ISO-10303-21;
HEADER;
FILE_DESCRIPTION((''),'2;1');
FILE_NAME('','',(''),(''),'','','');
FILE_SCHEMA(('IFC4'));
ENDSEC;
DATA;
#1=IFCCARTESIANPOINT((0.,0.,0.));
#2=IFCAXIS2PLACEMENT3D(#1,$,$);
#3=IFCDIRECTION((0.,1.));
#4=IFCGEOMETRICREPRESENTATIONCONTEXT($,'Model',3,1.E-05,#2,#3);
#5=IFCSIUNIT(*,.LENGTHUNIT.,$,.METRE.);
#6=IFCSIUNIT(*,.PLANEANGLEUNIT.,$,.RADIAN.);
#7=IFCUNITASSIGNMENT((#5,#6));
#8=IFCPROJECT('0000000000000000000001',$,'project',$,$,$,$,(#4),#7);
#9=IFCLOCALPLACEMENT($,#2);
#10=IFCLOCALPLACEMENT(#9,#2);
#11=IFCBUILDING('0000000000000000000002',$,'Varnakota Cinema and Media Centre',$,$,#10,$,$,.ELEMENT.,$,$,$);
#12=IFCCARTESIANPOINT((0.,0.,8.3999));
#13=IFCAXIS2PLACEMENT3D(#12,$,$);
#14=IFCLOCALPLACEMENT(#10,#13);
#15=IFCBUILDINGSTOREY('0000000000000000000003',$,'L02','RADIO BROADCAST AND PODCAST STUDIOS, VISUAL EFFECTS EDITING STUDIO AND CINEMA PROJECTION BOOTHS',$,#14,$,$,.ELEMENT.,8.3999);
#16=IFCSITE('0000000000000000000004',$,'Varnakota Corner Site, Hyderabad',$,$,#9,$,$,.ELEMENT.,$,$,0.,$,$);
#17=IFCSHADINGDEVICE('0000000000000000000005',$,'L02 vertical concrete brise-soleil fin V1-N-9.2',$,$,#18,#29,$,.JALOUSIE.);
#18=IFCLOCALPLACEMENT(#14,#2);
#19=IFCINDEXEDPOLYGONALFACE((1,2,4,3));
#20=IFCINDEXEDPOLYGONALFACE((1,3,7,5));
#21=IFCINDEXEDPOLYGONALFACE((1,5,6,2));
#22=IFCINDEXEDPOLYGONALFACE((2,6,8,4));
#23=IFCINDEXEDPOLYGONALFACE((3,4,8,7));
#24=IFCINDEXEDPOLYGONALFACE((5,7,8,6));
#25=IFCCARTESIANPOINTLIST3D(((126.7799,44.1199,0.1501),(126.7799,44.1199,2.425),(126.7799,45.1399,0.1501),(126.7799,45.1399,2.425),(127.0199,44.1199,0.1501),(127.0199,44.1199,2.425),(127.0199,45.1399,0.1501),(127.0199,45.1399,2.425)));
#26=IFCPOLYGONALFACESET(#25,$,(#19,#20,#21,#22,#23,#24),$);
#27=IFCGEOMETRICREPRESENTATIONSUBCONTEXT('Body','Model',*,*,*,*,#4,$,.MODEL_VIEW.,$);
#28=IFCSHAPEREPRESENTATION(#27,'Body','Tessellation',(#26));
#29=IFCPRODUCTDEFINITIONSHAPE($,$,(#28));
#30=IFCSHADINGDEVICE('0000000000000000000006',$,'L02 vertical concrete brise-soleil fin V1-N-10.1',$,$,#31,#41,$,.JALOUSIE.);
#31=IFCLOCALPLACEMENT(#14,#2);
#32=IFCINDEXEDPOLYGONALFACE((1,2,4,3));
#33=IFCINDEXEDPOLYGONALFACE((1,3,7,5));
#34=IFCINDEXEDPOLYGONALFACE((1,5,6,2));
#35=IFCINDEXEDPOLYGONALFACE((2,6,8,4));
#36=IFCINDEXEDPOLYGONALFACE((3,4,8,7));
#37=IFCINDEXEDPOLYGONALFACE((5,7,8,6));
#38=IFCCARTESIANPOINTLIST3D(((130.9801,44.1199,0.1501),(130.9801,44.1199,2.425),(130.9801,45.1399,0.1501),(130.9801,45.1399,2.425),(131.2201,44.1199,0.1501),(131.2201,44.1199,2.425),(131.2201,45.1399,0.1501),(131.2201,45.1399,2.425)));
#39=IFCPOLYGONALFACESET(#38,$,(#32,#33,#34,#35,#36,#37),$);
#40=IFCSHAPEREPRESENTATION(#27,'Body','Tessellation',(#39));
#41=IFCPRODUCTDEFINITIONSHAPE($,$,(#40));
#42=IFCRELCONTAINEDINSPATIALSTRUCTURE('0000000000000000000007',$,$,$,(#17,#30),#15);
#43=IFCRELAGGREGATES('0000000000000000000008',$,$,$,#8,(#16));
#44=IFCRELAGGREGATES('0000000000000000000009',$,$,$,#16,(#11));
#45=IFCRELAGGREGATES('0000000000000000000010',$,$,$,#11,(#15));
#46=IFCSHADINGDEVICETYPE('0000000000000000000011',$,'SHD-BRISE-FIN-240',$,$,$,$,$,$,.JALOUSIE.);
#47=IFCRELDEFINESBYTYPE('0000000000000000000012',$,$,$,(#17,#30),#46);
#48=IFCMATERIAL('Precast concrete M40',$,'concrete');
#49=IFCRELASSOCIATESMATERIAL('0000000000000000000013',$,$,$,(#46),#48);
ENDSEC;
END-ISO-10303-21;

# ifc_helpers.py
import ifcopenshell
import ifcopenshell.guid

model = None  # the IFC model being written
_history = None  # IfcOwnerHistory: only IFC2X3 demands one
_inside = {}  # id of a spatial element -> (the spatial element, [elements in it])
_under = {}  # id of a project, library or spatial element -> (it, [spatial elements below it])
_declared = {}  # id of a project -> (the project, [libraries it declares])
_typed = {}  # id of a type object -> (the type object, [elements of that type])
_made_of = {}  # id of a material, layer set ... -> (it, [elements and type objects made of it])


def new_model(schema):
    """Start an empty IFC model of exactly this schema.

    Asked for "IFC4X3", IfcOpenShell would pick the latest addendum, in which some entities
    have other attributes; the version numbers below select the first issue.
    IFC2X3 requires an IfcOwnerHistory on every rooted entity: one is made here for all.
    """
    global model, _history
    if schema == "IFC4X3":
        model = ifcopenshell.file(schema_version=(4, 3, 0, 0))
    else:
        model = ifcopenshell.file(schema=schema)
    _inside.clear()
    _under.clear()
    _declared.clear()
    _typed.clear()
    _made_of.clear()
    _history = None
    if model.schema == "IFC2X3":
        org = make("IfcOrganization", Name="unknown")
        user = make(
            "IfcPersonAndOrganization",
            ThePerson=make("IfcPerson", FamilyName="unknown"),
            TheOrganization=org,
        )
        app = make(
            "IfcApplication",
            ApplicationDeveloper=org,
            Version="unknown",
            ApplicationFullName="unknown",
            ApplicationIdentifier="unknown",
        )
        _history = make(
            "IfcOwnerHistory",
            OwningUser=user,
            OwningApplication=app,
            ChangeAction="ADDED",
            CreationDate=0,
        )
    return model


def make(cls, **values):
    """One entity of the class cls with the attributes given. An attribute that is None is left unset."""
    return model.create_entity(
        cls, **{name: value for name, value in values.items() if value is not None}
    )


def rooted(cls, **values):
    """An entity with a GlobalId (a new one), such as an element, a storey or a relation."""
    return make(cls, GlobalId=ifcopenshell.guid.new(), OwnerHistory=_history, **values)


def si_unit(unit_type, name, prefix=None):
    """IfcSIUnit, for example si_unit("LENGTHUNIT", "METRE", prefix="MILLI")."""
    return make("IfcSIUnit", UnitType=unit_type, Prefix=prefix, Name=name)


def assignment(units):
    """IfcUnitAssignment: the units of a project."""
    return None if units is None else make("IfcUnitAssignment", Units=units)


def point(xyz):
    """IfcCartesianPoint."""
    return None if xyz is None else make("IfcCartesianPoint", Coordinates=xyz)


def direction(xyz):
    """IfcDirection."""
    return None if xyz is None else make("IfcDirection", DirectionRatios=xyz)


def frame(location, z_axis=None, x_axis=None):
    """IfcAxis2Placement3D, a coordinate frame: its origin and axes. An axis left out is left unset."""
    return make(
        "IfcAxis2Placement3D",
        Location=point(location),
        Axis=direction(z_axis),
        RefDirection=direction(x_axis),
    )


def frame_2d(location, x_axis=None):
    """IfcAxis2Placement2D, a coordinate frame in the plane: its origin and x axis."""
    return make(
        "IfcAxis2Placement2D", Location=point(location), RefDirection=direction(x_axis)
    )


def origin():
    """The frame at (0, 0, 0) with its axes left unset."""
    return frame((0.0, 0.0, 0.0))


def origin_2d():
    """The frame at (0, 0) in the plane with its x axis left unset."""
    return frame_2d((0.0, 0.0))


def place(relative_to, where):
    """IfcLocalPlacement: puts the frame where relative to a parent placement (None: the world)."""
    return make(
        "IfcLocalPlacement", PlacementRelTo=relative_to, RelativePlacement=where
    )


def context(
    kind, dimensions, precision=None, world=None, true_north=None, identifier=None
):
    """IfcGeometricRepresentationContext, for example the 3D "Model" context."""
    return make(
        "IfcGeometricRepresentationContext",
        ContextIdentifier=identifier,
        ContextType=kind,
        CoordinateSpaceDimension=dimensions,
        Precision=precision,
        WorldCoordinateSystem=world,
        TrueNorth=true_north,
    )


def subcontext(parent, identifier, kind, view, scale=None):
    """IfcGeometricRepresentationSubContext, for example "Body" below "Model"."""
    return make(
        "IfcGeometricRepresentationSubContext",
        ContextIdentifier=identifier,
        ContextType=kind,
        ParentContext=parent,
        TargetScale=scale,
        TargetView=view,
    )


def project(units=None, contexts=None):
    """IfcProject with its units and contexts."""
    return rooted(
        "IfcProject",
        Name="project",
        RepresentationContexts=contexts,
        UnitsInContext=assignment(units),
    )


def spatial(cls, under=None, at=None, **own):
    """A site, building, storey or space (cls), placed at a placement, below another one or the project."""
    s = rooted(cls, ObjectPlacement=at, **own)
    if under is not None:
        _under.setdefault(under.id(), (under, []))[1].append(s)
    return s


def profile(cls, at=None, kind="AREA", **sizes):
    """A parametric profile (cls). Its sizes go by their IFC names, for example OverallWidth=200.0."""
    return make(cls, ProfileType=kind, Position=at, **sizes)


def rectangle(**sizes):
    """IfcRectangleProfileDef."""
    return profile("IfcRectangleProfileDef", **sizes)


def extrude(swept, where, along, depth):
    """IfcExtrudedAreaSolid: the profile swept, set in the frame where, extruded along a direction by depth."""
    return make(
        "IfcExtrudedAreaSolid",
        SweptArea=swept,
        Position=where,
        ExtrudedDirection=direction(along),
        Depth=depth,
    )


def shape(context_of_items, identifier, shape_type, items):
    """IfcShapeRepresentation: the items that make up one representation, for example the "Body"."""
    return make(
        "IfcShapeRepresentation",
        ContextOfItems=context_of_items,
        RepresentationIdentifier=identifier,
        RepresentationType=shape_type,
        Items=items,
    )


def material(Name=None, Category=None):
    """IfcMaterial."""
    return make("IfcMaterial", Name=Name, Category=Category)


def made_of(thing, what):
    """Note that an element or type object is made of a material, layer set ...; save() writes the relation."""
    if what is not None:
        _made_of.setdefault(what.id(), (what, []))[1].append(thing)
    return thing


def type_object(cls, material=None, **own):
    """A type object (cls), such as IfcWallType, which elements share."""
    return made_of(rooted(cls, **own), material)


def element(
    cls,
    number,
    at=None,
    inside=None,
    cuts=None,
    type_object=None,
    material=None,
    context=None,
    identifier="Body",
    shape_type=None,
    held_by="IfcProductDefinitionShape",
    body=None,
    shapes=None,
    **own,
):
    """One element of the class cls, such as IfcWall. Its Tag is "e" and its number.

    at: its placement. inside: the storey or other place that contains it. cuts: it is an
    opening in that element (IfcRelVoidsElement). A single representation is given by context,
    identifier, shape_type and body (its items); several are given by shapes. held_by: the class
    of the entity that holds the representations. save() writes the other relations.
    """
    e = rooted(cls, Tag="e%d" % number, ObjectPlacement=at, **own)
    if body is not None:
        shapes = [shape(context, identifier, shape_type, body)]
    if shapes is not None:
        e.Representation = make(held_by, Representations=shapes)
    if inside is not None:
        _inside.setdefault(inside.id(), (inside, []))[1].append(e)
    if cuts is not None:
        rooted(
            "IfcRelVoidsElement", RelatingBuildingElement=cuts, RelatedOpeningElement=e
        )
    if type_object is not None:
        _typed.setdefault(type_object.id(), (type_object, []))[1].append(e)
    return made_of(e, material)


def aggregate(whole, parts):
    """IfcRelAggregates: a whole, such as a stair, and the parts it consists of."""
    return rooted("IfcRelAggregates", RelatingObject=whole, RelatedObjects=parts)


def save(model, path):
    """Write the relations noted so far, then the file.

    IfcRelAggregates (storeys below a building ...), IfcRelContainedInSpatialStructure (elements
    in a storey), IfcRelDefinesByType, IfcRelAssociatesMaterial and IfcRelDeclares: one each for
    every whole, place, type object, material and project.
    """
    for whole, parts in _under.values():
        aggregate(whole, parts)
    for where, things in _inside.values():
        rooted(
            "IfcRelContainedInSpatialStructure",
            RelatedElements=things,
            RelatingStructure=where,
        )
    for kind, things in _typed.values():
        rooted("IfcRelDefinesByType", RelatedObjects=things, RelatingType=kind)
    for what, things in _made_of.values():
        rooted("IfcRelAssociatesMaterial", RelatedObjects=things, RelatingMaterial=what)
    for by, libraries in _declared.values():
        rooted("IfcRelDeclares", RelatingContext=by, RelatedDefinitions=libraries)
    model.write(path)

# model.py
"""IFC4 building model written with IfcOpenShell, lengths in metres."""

from ifc_helpers import new_model, si_unit, direction, frame, origin, origin_2d, place, context, subcontext, project, spatial, rectangle, extrude, material, type_object, element, save


model = new_model("IFC4")

# Units and contexts
model_context = context("Model", 3, precision=1e-05, world=origin(), true_north=direction((0.0, 1.0)))
body_context = subcontext(model_context, "Body", "Model", "MODEL_VIEW")
ifc_project = project(units=[si_unit("LENGTHUNIT", "METRE"), si_unit("PLANEANGLEUNIT", "RADIAN")], contexts=[model_context])

# Site, building, storey
site_placement = place(None, origin())
site = spatial("IfcSite", under=ifc_project, at=site_placement, Name="Varnakota Corner Site, Hyderabad", CompositionType="ELEMENT", RefElevation=0.0)
building_placement = place(site_placement, origin())
building = spatial("IfcBuilding", under=site, at=building_placement, Name="Varnakota Cinema and Media Centre", CompositionType="ELEMENT")
storey_placement = place(building_placement, frame((0.0, 0.0, 8.3999)))
storey = spatial("IfcBuildingStorey", under=building, at=storey_placement, Name="L02", Description="RADIO BROADCAST AND PODCAST STUDIOS, VISUAL EFFECTS EDITING STUDIO AND CINEMA PROJECTION BOOTHS", CompositionType="ELEMENT", Elevation=8.3999)

# Shading devices
ifc_material_1 = material(Name="Precast concrete M40", Category="concrete")
shading_device_type = type_object("IfcShadingDeviceType", Name="SHD-BRISE-FIN-240", PredefinedType="JALOUSIE", material=ifc_material_1)
for number, where, z_axis, x_axis, name in (
    (1, (126.8999, 44.6299, 0.1501), (0.0, 0.0, 1.0), (1.0, 0.0, 0.0), "L02 vertical concrete brise-soleil fin V1-N-9.2"),
    (2, (131.1001, 44.6299, 0.1501), (0.0, 0.0, 1.0), (1.0, 0.0, 0.0), "L02 vertical concrete brise-soleil fin V1-N-10.1"),
):
    element("IfcShadingDevice", number, at=place(storey_placement, frame(where, z_axis=z_axis, x_axis=x_axis)), inside=storey, type_object=shading_device_type, Name=name, PredefinedType="JALOUSIE", context=body_context, shape_type="SweptSolid", body=[
        extrude(rectangle(XDim=0.24, YDim=1.02, at=origin_2d()), origin(), (0.0, 0.0, 1.0), 2.2749),
    ])

save(model, "model.ifc")
